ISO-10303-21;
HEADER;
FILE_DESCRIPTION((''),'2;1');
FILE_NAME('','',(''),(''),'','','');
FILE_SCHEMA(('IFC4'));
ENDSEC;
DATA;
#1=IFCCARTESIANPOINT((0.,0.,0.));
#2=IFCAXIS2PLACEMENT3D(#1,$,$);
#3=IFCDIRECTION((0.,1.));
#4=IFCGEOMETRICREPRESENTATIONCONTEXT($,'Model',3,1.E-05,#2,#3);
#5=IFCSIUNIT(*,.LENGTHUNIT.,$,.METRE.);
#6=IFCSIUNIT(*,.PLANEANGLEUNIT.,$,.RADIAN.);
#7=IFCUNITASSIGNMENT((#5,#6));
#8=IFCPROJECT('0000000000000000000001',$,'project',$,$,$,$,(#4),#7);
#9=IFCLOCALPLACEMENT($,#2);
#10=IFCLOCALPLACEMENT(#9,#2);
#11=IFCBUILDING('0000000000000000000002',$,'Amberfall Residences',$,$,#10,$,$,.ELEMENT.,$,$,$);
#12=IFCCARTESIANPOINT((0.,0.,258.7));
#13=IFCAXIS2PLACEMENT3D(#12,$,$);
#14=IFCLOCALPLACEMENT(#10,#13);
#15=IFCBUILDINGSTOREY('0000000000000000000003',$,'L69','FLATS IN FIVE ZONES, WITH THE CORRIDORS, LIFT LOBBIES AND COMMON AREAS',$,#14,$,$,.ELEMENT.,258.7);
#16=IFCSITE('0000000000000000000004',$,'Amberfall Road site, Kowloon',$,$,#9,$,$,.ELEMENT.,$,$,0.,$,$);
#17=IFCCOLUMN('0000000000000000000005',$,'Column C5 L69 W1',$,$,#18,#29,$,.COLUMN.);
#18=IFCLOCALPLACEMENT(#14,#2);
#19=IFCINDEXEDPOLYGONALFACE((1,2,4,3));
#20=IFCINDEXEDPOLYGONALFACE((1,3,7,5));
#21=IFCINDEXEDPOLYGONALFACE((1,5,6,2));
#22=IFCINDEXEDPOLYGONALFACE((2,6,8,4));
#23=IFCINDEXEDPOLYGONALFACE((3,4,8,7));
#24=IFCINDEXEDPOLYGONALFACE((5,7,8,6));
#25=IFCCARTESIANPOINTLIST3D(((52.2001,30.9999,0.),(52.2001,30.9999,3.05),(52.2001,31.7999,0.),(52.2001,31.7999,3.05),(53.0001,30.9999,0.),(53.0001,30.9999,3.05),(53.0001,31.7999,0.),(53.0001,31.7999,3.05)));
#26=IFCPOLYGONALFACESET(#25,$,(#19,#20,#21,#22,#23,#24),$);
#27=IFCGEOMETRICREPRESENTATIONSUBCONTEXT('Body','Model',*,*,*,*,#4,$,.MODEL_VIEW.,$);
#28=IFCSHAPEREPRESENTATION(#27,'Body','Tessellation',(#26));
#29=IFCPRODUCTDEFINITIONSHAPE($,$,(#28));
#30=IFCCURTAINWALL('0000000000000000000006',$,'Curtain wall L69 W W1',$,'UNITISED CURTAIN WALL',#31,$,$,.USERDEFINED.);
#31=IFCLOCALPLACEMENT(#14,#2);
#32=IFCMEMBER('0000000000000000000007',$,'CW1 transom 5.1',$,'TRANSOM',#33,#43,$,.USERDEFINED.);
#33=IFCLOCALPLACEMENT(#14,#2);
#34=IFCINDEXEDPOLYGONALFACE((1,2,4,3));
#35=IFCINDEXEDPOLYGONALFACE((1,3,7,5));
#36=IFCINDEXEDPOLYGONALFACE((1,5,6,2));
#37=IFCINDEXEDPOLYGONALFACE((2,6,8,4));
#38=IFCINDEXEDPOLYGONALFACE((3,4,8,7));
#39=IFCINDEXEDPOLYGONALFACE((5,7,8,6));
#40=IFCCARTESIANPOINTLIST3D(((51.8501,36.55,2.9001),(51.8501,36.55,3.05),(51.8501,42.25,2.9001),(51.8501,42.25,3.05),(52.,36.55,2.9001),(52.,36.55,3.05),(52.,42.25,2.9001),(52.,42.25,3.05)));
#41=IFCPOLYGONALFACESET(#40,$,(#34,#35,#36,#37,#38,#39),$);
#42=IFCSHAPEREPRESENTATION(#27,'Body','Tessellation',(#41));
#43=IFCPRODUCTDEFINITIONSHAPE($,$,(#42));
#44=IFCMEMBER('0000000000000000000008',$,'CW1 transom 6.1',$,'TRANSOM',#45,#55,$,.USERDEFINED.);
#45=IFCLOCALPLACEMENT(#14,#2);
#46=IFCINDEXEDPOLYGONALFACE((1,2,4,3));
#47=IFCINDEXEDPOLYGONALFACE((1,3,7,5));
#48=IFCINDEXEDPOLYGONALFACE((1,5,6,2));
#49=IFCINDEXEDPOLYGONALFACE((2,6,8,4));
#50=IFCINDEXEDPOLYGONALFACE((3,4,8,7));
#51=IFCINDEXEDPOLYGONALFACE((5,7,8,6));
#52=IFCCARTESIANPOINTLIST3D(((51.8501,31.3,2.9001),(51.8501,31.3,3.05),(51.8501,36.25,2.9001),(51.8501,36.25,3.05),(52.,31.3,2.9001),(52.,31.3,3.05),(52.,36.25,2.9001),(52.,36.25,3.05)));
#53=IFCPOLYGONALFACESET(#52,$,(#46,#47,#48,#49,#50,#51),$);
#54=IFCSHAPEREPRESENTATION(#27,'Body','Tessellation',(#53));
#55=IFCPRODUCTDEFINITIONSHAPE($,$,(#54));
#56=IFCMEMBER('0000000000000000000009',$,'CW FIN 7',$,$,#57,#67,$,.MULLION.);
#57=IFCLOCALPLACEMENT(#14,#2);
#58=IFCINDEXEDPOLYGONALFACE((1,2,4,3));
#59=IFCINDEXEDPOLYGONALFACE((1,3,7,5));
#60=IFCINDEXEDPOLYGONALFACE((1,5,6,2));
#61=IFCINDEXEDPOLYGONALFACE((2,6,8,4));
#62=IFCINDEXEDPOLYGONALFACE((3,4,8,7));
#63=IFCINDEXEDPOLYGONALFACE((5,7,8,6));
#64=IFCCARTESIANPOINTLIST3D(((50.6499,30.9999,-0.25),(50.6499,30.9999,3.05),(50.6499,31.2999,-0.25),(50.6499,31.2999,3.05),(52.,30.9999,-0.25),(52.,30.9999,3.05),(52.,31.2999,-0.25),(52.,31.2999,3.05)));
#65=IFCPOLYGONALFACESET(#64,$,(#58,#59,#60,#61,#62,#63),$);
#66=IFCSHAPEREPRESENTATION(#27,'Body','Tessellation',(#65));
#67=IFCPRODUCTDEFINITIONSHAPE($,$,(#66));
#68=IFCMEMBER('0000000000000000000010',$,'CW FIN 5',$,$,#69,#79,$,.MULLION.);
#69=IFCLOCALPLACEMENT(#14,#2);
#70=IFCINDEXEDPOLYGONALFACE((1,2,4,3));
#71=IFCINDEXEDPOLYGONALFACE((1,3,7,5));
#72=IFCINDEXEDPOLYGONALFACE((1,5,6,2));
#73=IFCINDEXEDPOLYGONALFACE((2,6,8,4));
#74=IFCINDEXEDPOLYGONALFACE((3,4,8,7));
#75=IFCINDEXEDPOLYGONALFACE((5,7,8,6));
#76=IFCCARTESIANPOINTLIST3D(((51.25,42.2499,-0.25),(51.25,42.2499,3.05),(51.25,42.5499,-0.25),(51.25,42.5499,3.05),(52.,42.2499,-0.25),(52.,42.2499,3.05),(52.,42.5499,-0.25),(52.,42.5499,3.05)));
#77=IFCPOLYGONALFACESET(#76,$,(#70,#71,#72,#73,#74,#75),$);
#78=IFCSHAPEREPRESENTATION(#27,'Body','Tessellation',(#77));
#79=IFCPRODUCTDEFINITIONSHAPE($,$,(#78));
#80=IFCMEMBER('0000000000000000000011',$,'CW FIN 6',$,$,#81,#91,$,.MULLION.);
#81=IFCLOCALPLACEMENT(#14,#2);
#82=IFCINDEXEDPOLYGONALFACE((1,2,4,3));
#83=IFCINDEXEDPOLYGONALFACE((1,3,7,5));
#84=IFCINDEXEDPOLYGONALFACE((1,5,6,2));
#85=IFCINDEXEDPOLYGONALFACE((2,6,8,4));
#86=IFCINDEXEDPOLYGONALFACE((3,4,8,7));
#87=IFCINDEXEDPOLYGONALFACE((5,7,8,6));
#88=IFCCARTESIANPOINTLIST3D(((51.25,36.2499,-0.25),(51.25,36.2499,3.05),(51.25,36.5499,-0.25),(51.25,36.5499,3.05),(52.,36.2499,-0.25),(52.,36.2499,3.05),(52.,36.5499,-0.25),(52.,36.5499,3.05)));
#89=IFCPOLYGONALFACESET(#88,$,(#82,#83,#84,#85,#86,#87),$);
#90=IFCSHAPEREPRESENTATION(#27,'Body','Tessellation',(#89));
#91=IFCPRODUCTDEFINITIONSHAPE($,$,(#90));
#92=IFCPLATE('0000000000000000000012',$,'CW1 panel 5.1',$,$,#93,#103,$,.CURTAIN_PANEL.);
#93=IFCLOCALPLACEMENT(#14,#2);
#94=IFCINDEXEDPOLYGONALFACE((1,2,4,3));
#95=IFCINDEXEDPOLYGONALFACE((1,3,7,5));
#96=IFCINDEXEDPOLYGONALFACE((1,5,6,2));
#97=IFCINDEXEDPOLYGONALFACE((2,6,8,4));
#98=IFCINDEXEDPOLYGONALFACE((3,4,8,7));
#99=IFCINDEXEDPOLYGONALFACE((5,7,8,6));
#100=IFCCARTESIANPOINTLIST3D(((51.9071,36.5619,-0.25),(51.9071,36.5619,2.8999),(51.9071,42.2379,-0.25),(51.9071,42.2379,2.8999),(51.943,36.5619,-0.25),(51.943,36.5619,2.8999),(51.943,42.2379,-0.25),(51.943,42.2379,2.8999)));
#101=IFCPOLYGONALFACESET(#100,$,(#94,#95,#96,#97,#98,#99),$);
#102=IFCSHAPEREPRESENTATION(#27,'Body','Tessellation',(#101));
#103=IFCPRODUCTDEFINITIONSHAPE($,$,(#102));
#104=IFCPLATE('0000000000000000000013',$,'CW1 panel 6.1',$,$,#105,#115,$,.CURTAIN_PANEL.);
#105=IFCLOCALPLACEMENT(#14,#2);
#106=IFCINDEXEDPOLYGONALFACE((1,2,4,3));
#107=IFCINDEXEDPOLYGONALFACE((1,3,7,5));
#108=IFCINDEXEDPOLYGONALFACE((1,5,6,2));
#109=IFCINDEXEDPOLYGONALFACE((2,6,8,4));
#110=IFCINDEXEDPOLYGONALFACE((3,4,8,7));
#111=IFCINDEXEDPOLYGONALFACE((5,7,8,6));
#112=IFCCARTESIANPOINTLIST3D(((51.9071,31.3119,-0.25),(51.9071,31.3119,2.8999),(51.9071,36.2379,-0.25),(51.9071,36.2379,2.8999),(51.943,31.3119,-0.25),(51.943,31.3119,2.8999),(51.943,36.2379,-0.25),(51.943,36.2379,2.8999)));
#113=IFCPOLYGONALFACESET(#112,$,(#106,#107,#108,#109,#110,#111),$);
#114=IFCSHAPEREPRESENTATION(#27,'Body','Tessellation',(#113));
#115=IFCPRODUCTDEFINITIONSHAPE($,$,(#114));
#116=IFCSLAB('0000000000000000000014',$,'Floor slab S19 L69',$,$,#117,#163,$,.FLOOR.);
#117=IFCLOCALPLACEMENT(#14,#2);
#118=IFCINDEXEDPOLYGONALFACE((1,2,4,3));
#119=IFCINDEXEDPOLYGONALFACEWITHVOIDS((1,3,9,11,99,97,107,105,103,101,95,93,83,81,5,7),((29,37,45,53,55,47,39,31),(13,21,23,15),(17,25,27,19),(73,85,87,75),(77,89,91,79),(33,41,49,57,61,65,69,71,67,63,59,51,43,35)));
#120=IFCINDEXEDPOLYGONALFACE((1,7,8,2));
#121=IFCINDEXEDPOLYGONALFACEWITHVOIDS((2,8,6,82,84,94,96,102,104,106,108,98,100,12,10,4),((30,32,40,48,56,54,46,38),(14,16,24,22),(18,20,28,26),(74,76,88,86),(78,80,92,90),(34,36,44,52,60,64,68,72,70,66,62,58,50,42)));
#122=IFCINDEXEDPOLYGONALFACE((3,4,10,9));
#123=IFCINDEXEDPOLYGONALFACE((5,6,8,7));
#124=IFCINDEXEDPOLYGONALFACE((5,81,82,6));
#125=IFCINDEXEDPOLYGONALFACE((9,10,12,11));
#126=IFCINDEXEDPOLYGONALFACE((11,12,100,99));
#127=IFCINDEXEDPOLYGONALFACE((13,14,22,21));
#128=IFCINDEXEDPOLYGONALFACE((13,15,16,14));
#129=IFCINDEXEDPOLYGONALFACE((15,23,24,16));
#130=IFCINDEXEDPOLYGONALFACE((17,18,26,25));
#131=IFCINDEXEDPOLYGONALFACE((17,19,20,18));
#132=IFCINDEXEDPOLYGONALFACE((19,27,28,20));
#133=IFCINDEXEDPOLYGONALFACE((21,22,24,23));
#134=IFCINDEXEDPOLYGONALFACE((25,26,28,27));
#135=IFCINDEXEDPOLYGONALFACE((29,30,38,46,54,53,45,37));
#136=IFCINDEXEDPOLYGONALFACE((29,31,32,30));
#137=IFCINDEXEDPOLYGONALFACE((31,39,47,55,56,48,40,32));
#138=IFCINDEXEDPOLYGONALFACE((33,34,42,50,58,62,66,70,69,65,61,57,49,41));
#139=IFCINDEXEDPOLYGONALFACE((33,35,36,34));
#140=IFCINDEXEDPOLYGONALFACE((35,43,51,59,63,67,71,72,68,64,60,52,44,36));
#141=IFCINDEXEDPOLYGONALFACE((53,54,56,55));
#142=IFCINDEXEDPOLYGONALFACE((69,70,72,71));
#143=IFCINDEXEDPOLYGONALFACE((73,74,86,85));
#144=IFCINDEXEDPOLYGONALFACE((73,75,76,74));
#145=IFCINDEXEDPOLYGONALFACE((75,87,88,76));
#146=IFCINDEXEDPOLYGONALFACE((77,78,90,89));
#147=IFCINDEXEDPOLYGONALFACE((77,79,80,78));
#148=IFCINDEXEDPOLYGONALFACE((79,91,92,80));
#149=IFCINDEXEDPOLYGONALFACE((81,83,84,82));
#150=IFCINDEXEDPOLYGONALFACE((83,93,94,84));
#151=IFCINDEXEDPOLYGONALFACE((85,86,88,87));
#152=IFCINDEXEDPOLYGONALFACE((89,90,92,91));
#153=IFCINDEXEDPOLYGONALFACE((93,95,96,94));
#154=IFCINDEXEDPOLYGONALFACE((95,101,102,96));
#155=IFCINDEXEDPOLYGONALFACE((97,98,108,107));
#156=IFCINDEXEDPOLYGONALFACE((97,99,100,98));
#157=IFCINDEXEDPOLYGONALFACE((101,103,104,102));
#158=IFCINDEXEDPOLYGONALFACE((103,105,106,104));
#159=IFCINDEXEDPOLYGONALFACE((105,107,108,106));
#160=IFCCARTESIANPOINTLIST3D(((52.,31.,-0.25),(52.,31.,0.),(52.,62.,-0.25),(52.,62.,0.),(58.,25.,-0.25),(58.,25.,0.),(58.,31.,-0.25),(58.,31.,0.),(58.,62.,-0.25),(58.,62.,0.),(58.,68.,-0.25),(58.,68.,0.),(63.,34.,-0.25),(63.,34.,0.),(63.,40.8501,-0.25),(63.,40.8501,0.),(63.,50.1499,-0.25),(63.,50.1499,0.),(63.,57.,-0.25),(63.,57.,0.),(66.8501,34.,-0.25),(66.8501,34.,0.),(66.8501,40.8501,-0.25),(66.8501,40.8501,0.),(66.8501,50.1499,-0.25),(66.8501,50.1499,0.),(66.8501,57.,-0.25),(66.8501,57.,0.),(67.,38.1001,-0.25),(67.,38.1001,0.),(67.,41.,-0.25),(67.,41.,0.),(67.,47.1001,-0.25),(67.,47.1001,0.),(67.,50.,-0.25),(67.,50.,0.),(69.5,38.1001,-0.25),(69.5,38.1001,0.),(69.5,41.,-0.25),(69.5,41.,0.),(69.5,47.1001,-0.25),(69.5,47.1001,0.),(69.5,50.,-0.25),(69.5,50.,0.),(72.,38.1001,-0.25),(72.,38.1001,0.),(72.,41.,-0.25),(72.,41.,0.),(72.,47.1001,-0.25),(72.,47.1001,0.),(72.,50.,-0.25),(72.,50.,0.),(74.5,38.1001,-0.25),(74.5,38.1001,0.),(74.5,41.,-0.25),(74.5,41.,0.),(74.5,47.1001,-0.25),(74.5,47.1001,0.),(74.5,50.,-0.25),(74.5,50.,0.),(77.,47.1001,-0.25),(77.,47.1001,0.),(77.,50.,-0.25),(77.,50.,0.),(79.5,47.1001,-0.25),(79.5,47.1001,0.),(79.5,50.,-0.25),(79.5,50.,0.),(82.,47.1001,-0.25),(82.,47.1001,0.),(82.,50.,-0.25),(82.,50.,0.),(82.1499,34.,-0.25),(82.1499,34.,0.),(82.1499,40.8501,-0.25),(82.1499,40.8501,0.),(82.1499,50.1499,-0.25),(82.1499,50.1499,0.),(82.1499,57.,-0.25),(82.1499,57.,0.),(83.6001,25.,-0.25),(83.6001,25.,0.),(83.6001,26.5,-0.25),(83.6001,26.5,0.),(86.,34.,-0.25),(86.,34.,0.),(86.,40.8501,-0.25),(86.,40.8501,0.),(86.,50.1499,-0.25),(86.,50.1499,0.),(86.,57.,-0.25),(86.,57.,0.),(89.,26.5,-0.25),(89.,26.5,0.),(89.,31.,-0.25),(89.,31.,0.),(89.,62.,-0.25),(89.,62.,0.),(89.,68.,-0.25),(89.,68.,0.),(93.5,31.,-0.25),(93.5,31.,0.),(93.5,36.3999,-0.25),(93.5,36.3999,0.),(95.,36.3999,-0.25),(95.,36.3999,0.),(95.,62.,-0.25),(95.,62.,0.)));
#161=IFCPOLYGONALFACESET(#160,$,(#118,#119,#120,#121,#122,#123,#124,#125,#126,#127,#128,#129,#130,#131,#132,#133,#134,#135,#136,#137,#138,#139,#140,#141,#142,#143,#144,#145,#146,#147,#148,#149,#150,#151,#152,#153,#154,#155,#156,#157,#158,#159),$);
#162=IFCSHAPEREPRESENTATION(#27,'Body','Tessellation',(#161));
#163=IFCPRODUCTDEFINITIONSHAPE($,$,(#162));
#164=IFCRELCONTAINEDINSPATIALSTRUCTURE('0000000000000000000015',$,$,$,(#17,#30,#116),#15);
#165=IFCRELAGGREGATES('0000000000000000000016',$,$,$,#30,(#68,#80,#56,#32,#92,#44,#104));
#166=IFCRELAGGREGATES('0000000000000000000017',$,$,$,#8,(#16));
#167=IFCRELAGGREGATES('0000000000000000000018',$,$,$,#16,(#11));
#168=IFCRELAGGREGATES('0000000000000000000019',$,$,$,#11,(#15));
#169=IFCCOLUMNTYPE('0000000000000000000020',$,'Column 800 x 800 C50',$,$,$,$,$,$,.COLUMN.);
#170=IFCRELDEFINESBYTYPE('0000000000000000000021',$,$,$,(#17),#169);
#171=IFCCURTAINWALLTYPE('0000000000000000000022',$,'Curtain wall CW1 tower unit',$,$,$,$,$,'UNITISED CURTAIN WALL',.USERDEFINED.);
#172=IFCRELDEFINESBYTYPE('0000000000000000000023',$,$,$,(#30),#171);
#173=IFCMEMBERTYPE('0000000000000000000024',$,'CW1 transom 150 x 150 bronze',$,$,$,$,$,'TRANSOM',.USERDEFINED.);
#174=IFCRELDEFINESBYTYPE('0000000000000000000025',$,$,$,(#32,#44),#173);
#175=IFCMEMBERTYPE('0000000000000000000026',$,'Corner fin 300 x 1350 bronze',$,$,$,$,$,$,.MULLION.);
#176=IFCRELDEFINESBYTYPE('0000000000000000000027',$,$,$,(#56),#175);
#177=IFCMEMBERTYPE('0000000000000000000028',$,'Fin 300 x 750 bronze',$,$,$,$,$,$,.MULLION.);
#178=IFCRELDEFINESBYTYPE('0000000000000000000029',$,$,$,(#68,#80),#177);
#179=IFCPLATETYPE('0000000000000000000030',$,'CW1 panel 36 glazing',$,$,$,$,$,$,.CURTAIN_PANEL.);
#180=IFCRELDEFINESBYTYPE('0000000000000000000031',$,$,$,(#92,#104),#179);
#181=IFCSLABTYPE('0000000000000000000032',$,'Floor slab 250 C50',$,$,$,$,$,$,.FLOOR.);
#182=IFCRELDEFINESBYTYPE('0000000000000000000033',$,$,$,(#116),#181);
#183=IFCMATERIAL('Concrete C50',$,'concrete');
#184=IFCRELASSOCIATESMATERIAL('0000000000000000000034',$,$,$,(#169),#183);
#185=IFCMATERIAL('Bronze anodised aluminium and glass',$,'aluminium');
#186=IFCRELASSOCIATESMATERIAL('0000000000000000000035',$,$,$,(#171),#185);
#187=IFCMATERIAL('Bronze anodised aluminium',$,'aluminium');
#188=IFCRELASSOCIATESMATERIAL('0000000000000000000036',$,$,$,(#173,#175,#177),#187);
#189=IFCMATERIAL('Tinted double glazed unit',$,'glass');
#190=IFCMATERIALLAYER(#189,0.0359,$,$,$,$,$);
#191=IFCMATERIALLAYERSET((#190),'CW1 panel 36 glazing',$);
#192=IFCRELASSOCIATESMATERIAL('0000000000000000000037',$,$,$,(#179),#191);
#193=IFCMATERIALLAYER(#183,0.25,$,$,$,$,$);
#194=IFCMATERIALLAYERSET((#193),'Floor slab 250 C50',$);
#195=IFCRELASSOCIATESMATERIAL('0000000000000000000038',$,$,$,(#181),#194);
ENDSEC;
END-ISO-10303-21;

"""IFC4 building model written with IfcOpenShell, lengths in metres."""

from ifc_helpers import new_model, si_unit, direction, frame, origin, origin_2d, place, context, subcontext, project, spatial, polyline, rectangle, outline, extrude, material, layer, layer_set, material_profile, profile_set, type_object, element, aggregate, save


model = new_model("IFC4")

# Units and contexts
model_context = context("Model", 3, precision=1e-05, world=origin(), true_north=direction((0.0, 1.0)))
body_context = subcontext(model_context, "Body", "Model", "MODEL_VIEW")
ifc_project = project(units=[si_unit("LENGTHUNIT", "METRE"), si_unit("PLANEANGLEUNIT", "RADIAN")], contexts=[model_context])

# Site, building, storey
site_placement = place(None, origin())
site = spatial("IfcSite", under=ifc_project, at=site_placement, Name="Amberfall Road site, Kowloon", CompositionType="ELEMENT", RefElevation=0.0)
building_placement = place(site_placement, origin())
building = spatial("IfcBuilding", under=site, at=building_placement, Name="Amberfall Residences", CompositionType="ELEMENT")
storey_placement = place(building_placement, frame((0.0, 0.0, 258.7)))
storey = spatial("IfcBuildingStorey", under=building, at=storey_placement, Name="L69", Description="FLATS IN FIVE ZONES, WITH THE CORRIDORS, LIFT LOBBIES AND COMMON AREAS", CompositionType="ELEMENT", Elevation=258.7)

# Column
ifc_material_1 = material(Name="Concrete C50", Category="concrete")
ifc_material_profile_1 = material_profile(ifc_material_1, rectangle(XDim=0.8, YDim=0.8, at=origin_2d()), Name="Column 800 x 800 C50")
ifc_profile_set_1 = profile_set([ifc_material_profile_1], Name="Concrete C50")
column_type = type_object("IfcColumnType", Name="Column 800 x 800 C50", PredefinedType="COLUMN", material=ifc_profile_set_1)
column_placement = place(storey_placement, frame((52.6001, 31.3999, 0.0), z_axis=(0.0, 0.0, 1.0), x_axis=(1.0, 0.0, 0.0)))
element("IfcColumn", 1, at=column_placement, inside=storey, type_object=column_type, Name="Column C5 L69 W1", PredefinedType="COLUMN", context=body_context, shape_type="SweptSolid", body=[
    extrude(rectangle(XDim=0.8, YDim=0.8, at=origin_2d()), origin(), (0.0, 0.0, 1.0), 3.05),
])

# Curtain wall, members, plates
ifc_material_2 = material(Name="Bronze anodised aluminium and glass", Category="aluminium")
curtain_wall_type = type_object("IfcCurtainWallType", Name="Curtain wall CW1 tower unit", ElementType="UNITISED CURTAIN WALL", PredefinedType="USERDEFINED", material=ifc_material_2)
curtain_wall_placement = place(storey_placement, origin())
curtain_wall = element("IfcCurtainWall", 2, at=curtain_wall_placement, inside=storey, type_object=curtain_wall_type, Name="Curtain wall L69 W W1", ObjectType="UNITISED CURTAIN WALL", PredefinedType="USERDEFINED")
ifc_material_3 = material(Name="Bronze anodised aluminium", Category="aluminium")
ifc_material_profile_2 = material_profile(ifc_material_3, rectangle(XDim=0.1499, YDim=0.1499, at=origin_2d()), Name="CW1 transom 150 x 150 bronze")
ifc_profile_set_2 = profile_set([ifc_material_profile_2], Name="Bronze anodised aluminium")
member_type_1 = type_object("IfcMemberType", Name="CW1 transom 150 x 150 bronze", ElementType="TRANSOM", PredefinedType="USERDEFINED", material=ifc_profile_set_2)
member_1_placement = place(storey_placement, frame((51.925, 42.25, 2.9751), z_axis=(0.0, -1.0, 0.0), x_axis=(1.0, 0.0, 0.0)))
member_1 = element("IfcMember", 3, at=member_1_placement, type_object=member_type_1, Name="CW1 transom 5.1", ObjectType="TRANSOM", PredefinedType="USERDEFINED", context=body_context, shape_type="SweptSolid", body=[
    extrude(rectangle(XDim=0.1499, YDim=0.1499, at=origin_2d()), origin(), (0.0, 0.0, 1.0), 5.7),
])
member_2_placement = place(storey_placement, frame((51.925, 36.25, 2.9751), z_axis=(0.0, -1.0, 0.0), x_axis=(1.0, 0.0, 0.0)))
member_2 = element("IfcMember", 4, at=member_2_placement, type_object=member_type_1, Name="CW1 transom 6.1", ObjectType="TRANSOM", PredefinedType="USERDEFINED", context=body_context, shape_type="SweptSolid", body=[
    extrude(rectangle(XDim=0.1499, YDim=0.1499, at=origin_2d()), origin(), (0.0, 0.0, 1.0), 4.95),
])
ifc_material_profile_3 = material_profile(ifc_material_3, rectangle(XDim=1.3501, YDim=0.3, at=origin_2d()), Name="Corner fin 300 x 1350 bronze")
ifc_profile_set_3 = profile_set([ifc_material_profile_3], Name="Bronze anodised aluminium")
member_type_2 = type_object("IfcMemberType", Name="Corner fin 300 x 1350 bronze", PredefinedType="MULLION", material=ifc_profile_set_3)
member_3_placement = place(storey_placement, frame((51.325, 31.1499, -0.25), z_axis=(0.0, 0.0, 1.0), x_axis=(1.0, 0.0, 0.0)))
member_3 = element("IfcMember", 5, at=member_3_placement, type_object=member_type_2, Name="CW FIN 7", PredefinedType="MULLION", context=body_context, shape_type="SweptSolid", body=[
    extrude(rectangle(XDim=1.3501, YDim=0.3, at=origin_2d()), origin(), (0.0, 0.0, 1.0), 3.3),
])
ifc_material_profile_4 = material_profile(ifc_material_3, rectangle(XDim=0.75, YDim=0.3, at=origin_2d()), Name="Fin 300 x 750 bronze")
ifc_profile_set_4 = profile_set([ifc_material_profile_4], Name="Bronze anodised aluminium")
member_type_3 = type_object("IfcMemberType", Name="Fin 300 x 750 bronze", PredefinedType="MULLION", material=ifc_profile_set_4)
member_4_placement = place(storey_placement, frame((51.625, 42.3999, -0.25), z_axis=(0.0, 0.0, 1.0), x_axis=(1.0, 0.0, 0.0)))
member_4 = element("IfcMember", 6, at=member_4_placement, type_object=member_type_3, Name="CW FIN 5", PredefinedType="MULLION", context=body_context, shape_type="SweptSolid", body=[
    extrude(rectangle(XDim=0.75, YDim=0.3, at=origin_2d()), origin(), (0.0, 0.0, 1.0), 3.3),
])
member_5_placement = place(storey_placement, frame((51.625, 36.3999, -0.25), z_axis=(0.0, 0.0, 1.0), x_axis=(1.0, 0.0, 0.0)))
member_5 = element("IfcMember", 7, at=member_5_placement, type_object=member_type_3, Name="CW FIN 6", PredefinedType="MULLION", context=body_context, shape_type="SweptSolid", body=[
    extrude(rectangle(XDim=0.75, YDim=0.3, at=origin_2d()), origin(), (0.0, 0.0, 1.0), 3.3),
])
ifc_material_4 = material(Name="Tinted double glazed unit", Category="glass")
ifc_layer_1 = layer(ifc_material_4, 0.0359)
ifc_layer_set_1 = layer_set([ifc_layer_1], Name="CW1 panel 36 glazing")
plate_type = type_object("IfcPlateType", Name="CW1 panel 36 glazing", PredefinedType="CURTAIN_PANEL", material=ifc_layer_set_1)
plate_1_placement = place(storey_placement, frame((51.925, 39.3999, -0.25), z_axis=(0.0, 0.0, 1.0), x_axis=(0.0, -1.0, 0.0)))
plate_1 = element("IfcPlate", 8, at=plate_1_placement, type_object=plate_type, Name="CW1 panel 5.1", PredefinedType="CURTAIN_PANEL", context=body_context, shape_type="SweptSolid", body=[
    extrude(rectangle(XDim=5.676, YDim=0.0359, at=origin_2d()), origin(), (0.0, 0.0, 1.0), 3.1499),
])
plate_2_placement = place(storey_placement, frame((51.925, 33.7749, -0.25), z_axis=(0.0, 0.0, 1.0), x_axis=(0.0, -1.0, 0.0)))
plate_2 = element("IfcPlate", 9, at=plate_2_placement, type_object=plate_type, Name="CW1 panel 6.1", PredefinedType="CURTAIN_PANEL", context=body_context, shape_type="SweptSolid", body=[
    extrude(rectangle(XDim=4.926, YDim=0.0359, at=origin_2d()), origin(), (0.0, 0.0, 1.0), 3.1499),
])
aggregate(curtain_wall, [member_4, member_5, member_3, member_1, plate_1, member_2, plate_2])

# Slab
ifc_layer_2 = layer(ifc_material_1, 0.25)
ifc_layer_set_2 = layer_set([ifc_layer_2], Name="Floor slab 250 C50")
slab_type_1 = type_object("IfcSlabType", Name="Floor slab 250 C50", PredefinedType="FLOOR", material=ifc_layer_set_2)
slab_1_placement = place(storey_placement, frame((0.0, 0.0, -0.25)))
element("IfcSlab", 10, at=slab_1_placement, inside=storey, type_object=slab_type_1, Name="Floor slab S19 L69", PredefinedType="FLOOR", context=body_context, shape_type="SweptSolid", body=[
    extrude(outline(polyline([(83.6001, 26.5), (83.6001, 25.0), (58.0, 25.0), (58.0, 31.0), (52.0, 31.0), (52.0, 62.0), (58.0, 62.0), (58.0, 68.0), (89.0, 68.0), (89.0, 62.0), (95.0, 62.0), (95.0, 36.3999), (93.5, 36.3999), (93.5, 31.0), (89.0, 31.0), (89.0, 26.5), (83.6001, 26.5)]), holes=[polyline([(86.0, 34.0), (86.0, 40.8501), (82.1499, 40.8501), (82.1499, 34.0), (86.0, 34.0)]), polyline([(86.0, 50.1499), (86.0, 57.0), (82.1499, 57.0), (82.1499, 50.1499), (86.0, 50.1499)]), polyline([(67.0, 50.0), (67.0, 47.1001), (69.5, 47.1001), (72.0, 47.1001), (74.5, 47.1001), (77.0, 47.1001), (79.5, 47.1001), (82.0, 47.1001), (82.0, 50.0), (79.5, 50.0), (77.0, 50.0), (74.5, 50.0), (72.0, 50.0), (69.5, 50.0), (67.0, 50.0)]), polyline([(69.5, 41.0), (67.0, 41.0), (67.0, 38.1001), (69.5, 38.1001), (72.0, 38.1001), (74.5, 38.1001), (74.5, 41.0), (72.0, 41.0), (69.5, 41.0)]), polyline([(66.8501, 40.8501), (63.0, 40.8501), (63.0, 34.0), (66.8501, 34.0), (66.8501, 40.8501)]), polyline([(66.8501, 57.0), (63.0, 57.0), (63.0, 50.1499), (66.8501, 50.1499), (66.8501, 57.0)])]), origin(), (0.0, 0.0, 1.0), 0.25),
])

save(model, "model.ifc")
